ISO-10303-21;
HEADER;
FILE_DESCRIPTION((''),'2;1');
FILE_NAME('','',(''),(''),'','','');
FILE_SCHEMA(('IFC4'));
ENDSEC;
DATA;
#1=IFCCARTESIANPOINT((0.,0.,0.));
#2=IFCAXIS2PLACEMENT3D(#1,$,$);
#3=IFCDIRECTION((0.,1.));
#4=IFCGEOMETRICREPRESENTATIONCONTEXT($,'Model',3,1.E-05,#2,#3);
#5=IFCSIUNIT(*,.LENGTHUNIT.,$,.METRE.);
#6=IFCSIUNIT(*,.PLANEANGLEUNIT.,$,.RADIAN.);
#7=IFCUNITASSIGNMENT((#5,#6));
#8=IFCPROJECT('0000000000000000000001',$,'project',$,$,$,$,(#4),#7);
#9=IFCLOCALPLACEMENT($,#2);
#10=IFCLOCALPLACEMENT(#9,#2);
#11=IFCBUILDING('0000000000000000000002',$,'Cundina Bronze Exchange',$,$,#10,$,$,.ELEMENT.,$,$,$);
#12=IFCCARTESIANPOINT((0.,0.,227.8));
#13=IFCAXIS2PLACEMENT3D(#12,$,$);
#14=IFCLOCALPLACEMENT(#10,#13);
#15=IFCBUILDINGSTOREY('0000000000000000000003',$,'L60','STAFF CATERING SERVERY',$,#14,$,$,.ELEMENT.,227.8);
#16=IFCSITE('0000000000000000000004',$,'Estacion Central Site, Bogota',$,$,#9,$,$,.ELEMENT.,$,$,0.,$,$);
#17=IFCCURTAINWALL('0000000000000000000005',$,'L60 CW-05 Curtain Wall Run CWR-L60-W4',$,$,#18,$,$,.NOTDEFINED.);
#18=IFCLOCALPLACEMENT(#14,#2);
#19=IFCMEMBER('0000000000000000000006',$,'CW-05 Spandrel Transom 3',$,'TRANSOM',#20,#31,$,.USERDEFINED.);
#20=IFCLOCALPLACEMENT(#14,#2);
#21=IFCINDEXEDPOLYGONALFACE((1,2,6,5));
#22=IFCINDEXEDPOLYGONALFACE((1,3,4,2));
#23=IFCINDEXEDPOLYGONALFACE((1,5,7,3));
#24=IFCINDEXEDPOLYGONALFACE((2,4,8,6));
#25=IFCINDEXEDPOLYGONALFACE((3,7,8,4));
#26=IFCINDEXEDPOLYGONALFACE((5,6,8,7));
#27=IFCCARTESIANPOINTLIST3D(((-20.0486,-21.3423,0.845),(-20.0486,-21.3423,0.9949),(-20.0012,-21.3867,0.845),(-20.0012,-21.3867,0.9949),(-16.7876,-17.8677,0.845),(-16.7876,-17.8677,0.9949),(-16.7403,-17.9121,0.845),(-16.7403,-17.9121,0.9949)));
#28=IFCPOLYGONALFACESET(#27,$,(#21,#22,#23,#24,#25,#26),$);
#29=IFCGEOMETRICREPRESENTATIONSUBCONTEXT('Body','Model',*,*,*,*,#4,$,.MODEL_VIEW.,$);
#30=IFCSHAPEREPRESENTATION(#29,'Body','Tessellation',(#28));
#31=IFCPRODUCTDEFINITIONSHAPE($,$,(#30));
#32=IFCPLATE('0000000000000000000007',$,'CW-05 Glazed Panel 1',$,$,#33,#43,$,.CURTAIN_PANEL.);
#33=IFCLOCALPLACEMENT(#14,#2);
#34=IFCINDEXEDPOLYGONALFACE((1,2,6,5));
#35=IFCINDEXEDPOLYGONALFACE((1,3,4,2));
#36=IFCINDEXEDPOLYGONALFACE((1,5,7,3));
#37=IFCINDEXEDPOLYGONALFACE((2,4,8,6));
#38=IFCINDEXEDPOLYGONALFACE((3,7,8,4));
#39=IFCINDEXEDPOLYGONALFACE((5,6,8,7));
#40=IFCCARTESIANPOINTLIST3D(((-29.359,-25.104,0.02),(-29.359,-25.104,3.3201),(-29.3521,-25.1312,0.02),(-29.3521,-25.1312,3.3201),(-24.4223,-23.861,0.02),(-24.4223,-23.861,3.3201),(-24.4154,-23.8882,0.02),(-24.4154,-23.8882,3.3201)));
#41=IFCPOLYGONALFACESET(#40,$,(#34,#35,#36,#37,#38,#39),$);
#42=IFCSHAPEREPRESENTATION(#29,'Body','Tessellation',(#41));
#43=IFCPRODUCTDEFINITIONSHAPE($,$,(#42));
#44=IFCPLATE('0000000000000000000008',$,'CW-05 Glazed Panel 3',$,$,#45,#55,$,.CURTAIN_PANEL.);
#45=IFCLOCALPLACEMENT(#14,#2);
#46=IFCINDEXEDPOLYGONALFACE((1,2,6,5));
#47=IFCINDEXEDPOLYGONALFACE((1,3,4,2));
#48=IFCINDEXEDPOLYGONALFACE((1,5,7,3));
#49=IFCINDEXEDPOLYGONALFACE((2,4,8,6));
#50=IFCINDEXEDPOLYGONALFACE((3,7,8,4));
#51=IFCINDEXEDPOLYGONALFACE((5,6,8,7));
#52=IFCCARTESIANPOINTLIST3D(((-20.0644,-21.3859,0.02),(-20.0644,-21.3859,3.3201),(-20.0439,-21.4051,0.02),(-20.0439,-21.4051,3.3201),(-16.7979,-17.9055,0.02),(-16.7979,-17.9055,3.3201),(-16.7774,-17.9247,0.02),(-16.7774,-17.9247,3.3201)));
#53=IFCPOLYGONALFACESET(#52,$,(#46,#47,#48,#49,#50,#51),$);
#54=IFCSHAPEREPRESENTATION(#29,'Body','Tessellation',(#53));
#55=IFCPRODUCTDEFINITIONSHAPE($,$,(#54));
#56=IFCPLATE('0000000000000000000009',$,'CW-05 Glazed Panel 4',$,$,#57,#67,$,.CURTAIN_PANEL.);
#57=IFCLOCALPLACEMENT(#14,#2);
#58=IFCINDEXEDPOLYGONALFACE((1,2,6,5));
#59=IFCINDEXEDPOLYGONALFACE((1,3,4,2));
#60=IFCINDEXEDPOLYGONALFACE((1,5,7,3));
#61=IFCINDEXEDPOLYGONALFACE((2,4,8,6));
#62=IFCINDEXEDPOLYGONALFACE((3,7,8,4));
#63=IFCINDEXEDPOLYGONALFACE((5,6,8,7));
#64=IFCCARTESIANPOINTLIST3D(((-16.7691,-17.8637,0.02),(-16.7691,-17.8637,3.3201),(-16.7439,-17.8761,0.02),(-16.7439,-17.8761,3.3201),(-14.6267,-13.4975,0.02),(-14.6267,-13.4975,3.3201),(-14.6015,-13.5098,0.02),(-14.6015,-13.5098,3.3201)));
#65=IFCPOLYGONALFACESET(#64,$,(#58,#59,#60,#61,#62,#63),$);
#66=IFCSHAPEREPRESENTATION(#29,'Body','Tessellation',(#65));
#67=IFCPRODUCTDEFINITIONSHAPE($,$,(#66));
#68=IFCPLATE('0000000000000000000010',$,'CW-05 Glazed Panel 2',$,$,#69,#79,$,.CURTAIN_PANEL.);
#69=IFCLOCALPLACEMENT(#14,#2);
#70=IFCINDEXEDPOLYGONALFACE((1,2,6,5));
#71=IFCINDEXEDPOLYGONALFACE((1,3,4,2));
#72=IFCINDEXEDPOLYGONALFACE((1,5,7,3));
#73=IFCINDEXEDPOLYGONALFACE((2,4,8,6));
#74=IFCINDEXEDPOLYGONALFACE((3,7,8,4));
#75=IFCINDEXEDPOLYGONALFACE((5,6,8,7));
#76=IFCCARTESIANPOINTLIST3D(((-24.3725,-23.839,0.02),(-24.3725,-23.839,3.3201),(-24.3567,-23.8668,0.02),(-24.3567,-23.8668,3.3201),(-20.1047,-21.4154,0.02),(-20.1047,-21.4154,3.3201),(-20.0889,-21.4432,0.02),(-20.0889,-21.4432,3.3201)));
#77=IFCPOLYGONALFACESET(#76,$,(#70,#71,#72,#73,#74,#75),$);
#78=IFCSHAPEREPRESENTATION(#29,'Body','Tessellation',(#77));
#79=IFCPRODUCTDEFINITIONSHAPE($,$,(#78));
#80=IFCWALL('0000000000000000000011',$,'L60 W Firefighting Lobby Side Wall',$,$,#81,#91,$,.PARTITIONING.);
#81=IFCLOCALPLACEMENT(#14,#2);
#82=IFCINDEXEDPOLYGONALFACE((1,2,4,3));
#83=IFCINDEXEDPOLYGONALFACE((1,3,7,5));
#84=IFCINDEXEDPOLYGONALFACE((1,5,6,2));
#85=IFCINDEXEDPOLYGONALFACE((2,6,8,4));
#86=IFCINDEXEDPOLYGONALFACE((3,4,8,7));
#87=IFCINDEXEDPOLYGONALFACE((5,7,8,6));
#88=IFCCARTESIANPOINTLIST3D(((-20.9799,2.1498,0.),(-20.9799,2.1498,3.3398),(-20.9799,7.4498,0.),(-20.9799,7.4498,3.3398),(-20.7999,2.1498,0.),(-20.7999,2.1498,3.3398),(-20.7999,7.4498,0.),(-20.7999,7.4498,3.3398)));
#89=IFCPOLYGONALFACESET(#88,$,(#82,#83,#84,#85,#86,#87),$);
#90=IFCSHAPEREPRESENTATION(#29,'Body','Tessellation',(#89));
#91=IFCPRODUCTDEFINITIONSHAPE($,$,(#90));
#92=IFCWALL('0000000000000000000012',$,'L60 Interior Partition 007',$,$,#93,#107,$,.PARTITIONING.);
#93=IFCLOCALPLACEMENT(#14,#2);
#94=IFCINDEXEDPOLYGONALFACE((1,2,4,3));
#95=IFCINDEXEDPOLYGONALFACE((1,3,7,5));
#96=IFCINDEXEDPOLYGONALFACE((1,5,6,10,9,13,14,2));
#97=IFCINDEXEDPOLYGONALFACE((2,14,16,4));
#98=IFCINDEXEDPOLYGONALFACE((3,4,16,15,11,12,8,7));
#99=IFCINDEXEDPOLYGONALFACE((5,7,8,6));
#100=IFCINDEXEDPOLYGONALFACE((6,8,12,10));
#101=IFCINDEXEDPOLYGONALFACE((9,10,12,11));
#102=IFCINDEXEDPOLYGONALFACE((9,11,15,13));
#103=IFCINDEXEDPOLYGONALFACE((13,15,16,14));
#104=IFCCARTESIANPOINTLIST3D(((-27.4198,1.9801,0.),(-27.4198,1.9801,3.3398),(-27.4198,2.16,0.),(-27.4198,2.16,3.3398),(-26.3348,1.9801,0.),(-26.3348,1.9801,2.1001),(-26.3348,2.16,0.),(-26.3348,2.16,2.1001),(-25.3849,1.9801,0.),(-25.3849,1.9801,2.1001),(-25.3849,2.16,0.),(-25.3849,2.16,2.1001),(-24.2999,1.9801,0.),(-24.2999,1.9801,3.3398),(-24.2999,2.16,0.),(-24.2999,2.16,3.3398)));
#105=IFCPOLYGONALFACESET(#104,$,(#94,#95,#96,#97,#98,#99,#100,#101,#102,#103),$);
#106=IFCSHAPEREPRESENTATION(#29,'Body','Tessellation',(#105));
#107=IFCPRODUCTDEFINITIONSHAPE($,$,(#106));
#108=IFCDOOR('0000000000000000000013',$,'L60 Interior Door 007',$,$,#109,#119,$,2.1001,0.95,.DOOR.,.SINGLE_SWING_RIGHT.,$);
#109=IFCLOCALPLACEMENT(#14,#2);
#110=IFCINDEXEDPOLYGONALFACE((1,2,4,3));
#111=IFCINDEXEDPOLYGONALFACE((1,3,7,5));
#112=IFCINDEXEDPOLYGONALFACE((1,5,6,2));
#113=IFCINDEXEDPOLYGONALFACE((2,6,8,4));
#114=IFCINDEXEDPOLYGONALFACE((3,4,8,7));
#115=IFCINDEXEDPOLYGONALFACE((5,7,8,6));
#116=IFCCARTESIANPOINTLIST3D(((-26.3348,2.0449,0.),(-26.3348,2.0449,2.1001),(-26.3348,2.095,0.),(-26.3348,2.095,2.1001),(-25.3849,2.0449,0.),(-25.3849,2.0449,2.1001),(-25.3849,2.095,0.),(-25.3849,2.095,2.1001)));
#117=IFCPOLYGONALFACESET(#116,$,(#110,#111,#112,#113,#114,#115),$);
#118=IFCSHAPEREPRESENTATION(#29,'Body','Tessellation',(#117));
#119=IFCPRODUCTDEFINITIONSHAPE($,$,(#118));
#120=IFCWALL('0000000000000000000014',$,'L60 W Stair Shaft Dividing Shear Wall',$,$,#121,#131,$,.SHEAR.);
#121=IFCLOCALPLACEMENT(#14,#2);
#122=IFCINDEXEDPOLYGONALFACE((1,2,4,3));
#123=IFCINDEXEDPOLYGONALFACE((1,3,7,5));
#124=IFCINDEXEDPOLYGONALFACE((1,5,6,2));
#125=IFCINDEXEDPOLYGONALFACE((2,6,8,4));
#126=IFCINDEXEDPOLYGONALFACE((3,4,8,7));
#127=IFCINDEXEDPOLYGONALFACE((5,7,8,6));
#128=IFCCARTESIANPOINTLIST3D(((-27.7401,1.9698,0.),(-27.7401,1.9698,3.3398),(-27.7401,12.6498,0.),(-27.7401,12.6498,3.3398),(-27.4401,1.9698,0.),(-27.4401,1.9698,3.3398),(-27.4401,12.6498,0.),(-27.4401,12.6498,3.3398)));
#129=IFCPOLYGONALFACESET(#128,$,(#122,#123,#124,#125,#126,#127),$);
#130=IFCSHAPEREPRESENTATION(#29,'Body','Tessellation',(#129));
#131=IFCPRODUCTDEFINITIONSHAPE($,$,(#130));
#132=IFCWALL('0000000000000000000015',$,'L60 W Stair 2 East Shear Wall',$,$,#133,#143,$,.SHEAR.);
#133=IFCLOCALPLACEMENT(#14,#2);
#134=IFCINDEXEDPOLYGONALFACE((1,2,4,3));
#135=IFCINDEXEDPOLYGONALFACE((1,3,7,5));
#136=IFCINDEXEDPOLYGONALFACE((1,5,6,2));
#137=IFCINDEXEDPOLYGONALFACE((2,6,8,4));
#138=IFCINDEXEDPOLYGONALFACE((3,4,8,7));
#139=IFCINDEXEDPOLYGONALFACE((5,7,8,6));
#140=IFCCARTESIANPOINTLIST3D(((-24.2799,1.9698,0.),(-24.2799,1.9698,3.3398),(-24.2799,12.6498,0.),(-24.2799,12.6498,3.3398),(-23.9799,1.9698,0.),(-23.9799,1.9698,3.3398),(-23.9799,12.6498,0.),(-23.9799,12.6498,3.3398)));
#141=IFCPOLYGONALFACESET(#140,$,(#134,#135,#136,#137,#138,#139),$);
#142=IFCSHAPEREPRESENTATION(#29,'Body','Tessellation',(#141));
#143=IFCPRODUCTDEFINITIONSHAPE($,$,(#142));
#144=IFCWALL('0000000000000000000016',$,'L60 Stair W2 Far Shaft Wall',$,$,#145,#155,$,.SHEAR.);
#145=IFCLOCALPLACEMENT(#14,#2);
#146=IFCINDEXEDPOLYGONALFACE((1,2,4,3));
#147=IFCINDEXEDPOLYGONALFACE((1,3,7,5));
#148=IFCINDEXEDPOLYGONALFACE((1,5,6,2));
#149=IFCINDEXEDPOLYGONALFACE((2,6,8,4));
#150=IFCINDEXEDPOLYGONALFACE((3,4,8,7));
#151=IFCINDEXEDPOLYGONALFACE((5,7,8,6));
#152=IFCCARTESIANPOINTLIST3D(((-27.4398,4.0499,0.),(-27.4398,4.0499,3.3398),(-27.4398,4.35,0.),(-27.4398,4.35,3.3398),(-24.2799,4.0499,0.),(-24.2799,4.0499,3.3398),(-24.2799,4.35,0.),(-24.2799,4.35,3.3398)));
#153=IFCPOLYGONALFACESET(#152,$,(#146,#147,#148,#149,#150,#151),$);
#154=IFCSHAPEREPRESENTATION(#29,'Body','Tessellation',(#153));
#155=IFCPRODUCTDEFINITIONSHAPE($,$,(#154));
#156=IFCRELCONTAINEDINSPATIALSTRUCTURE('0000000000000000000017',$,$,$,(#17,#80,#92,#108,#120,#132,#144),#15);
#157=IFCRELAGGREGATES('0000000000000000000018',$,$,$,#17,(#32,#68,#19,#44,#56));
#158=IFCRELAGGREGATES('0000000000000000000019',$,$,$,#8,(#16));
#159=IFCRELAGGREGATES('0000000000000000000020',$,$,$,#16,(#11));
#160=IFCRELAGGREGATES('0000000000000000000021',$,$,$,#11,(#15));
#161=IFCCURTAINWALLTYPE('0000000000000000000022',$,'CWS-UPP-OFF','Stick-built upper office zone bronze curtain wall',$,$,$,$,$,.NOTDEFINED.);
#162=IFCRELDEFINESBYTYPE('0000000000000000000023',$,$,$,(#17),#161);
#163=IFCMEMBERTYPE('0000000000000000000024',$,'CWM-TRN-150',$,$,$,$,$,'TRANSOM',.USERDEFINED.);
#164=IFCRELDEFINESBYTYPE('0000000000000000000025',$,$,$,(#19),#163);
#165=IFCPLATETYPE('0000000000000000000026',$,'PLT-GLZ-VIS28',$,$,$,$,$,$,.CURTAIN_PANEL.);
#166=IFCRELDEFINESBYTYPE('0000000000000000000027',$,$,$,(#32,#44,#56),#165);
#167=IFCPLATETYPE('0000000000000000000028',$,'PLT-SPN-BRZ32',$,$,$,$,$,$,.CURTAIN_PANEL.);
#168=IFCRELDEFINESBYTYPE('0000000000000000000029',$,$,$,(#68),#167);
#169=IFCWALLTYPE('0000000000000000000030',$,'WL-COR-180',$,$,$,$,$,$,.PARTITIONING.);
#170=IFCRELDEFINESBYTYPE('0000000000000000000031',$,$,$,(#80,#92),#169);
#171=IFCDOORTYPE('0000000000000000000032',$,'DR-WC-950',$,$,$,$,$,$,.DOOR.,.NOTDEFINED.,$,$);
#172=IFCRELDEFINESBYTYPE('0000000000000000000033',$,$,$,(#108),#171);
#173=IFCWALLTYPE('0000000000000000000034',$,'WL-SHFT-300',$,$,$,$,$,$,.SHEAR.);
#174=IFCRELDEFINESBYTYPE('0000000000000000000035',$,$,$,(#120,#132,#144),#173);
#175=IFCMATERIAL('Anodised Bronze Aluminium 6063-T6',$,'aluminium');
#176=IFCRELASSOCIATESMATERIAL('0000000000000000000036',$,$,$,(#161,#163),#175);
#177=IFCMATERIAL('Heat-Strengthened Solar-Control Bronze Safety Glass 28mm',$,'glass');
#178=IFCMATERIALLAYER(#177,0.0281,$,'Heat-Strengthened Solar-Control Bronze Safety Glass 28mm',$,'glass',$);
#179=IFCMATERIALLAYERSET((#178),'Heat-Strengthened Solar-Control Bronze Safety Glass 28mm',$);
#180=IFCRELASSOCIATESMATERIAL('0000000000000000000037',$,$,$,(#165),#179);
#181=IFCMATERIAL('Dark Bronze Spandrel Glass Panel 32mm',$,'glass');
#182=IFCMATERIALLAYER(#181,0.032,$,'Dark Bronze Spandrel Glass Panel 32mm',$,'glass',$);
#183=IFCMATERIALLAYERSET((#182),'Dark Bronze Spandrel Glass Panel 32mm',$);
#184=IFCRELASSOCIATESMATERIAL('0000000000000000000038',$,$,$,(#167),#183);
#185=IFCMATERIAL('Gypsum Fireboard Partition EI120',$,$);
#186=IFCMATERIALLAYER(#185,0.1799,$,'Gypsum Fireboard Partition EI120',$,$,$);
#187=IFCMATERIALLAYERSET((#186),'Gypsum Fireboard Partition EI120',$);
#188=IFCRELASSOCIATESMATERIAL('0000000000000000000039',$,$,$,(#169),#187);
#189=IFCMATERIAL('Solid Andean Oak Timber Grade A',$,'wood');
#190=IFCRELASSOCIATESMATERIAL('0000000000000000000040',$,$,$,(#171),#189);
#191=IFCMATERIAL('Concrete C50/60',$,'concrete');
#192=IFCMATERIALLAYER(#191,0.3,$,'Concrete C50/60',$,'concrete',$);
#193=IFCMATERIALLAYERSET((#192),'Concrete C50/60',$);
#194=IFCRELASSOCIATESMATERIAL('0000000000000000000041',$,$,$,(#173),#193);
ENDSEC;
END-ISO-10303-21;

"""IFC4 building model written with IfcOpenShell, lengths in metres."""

from ifc_helpers import new_model, si_unit, direction, frame, frame_2d, origin, origin_2d, place, context, subcontext, project, spatial, rectangle, extrude, material, layer, layer_set, material_profile, profile_set, type_object, element, fill, aggregate, save


model = new_model("IFC4")

# Units and contexts
model_context = context("Model", 3, precision=1e-05, world=origin(), true_north=direction((0.0, 1.0)))
body_context = subcontext(model_context, "Body", "Model", "MODEL_VIEW")
ifc_project = project(units=[si_unit("LENGTHUNIT", "METRE"), si_unit("PLANEANGLEUNIT", "RADIAN")], contexts=[model_context])

# Site, building, storey
site_placement = place(None, origin())
site = spatial("IfcSite", under=ifc_project, at=site_placement, Name="Estacion Central Site, Bogota", CompositionType="ELEMENT", RefElevation=0.0)
building_placement = place(site_placement, origin())
building = spatial("IfcBuilding", under=site, at=building_placement, Name="Cundina Bronze Exchange", CompositionType="ELEMENT")
storey_placement = place(building_placement, frame((0.0, 0.0, 227.8)))
storey = spatial("IfcBuildingStorey", under=building, at=storey_placement, Name="L60", Description="STAFF CATERING SERVERY", CompositionType="ELEMENT", Elevation=227.8)

# Shared definitions
ifc_material_1 = material(Name="Concrete C50/60", Category="concrete")

# Curtain wall, member, plates
ifc_material_2 = material(Name="Anodised Bronze Aluminium 6063-T6", Category="aluminium")
curtain_wall_type = type_object("IfcCurtainWallType", Name="CWS-UPP-OFF", Description="Stick-built upper office zone bronze curtain wall", PredefinedType="NOTDEFINED", material=ifc_material_2)
curtain_wall_placement = place(storey_placement, origin())
curtain_wall = element("IfcCurtainWall", 1, at=curtain_wall_placement, inside=storey, type_object=curtain_wall_type, Name="L60 CW-05 Curtain Wall Run CWR-L60-W4", PredefinedType="NOTDEFINED")
ifc_material_profile_1 = material_profile(ifc_material_2, rectangle(XDim=0.0649, YDim=0.1499, at=origin_2d()), Name="AL65X150", Category="aluminium")
ifc_profile_set_1 = profile_set([ifc_material_profile_1], Name="Anodised Bronze Aluminium 6063-T6")
member_type_1 = type_object("IfcMemberType", Name="CWM-TRN-150", ElementType="TRANSOM", PredefinedType="USERDEFINED", material=ifc_profile_set_1)
member_1_placement = place(storey_placement, frame((-20.0249, -21.3645, 0.9199), z_axis=(0.684336, 0.729166, 0.0), x_axis=(-0.729166, 0.684336, 0.0)))
member_1 = element("IfcMember", 2, at=member_1_placement, type_object=member_type_1, Name="CW-05 Spandrel Transom 3", ObjectType="TRANSOM", PredefinedType="USERDEFINED", context=body_context, shape_type="SweptSolid", body=[
    extrude(rectangle(XDim=0.0649, YDim=0.1499, at=origin_2d()), origin(), (0.0, 0.0, 1.0), 4.7651),
])
ifc_material_3 = material(Name="Heat-Strengthened Solar-Control Bronze Safety Glass 28mm", Category="glass")
ifc_layer_1 = layer(ifc_material_3, 0.0281, Name="Heat-Strengthened Solar-Control Bronze Safety Glass 28mm", Category="glass")
ifc_layer_set_1 = layer_set([ifc_layer_1], Name="Heat-Strengthened Solar-Control Bronze Safety Glass 28mm")
plate_type_1 = type_object("IfcPlateType", Name="PLT-GLZ-VIS28", PredefinedType="CURTAIN_PANEL", material=ifc_layer_set_1)
plate_1_placement = place(storey_placement, frame((-26.8872, -24.4961, 0.02), z_axis=(0.0, 0.0, 1.0), x_axis=(0.969732, 0.244174, 0.0)))
plate_1 = element("IfcPlate", 3, at=plate_1_placement, type_object=plate_type_1, Name="CW-05 Glazed Panel 1", PredefinedType="CURTAIN_PANEL", context=body_context, shape_type="SweptSolid", body=[
    extrude(rectangle(XDim=5.0908, YDim=0.0281, at=origin_2d()), origin(), (0.0, 0.0, 1.0), 3.3),
])
plate_2_placement = place(storey_placement, frame((-18.4209, -19.6553, 0.02), z_axis=(0.0, 0.0, 1.0), x_axis=(0.684344, 0.72916, 0.0)))
plate_2 = element("IfcPlate", 4, at=plate_2_placement, type_object=plate_type_1, Name="CW-05 Glazed Panel 3", PredefinedType="CURTAIN_PANEL", context=body_context, shape_type="SweptSolid", body=[
    extrude(rectangle(XDim=4.7732, YDim=0.0281, at=origin_2d()), origin(), (0.0, 0.0, 1.0), 3.3),
])
plate_3_placement = place(storey_placement, frame((-15.6853, -15.6868, 0.02), z_axis=(0.0, 0.0, 1.0), x_axis=(0.440503, 0.897751, 0.0)))
plate_3 = element("IfcPlate", 5, at=plate_3_placement, type_object=plate_type_1, Name="CW-05 Glazed Panel 4", PredefinedType="CURTAIN_PANEL", context=body_context, shape_type="SweptSolid", body=[
    extrude(rectangle(XDim=4.8635, YDim=0.0281, at=origin_2d()), origin(), (0.0, 0.0, 1.0), 3.3),
])
ifc_material_4 = material(Name="Dark Bronze Spandrel Glass Panel 32mm", Category="glass")
ifc_layer_2 = layer(ifc_material_4, 0.032, Name="Dark Bronze Spandrel Glass Panel 32mm", Category="glass")
ifc_layer_set_2 = layer_set([ifc_layer_2], Name="Dark Bronze Spandrel Glass Panel 32mm")
plate_type_2 = type_object("IfcPlateType", Name="PLT-SPN-BRZ32", PredefinedType="CURTAIN_PANEL", material=ifc_layer_set_2)
plate_4_placement = place(storey_placement, frame((-22.2307, -22.6411, 0.02), z_axis=(0.0, 0.0, 1.0), x_axis=(0.869573, 0.493805, 0.0)))
plate_4 = element("IfcPlate", 6, at=plate_4_placement, type_object=plate_type_2, Name="CW-05 Glazed Panel 2", PredefinedType="CURTAIN_PANEL", context=body_context, shape_type="SweptSolid", body=[
    extrude(rectangle(XDim=4.908, YDim=0.032, at=origin_2d()), origin(), (0.0, 0.0, 1.0), 3.3),
])
aggregate(curtain_wall, [plate_1, plate_4, member_1, plate_2, plate_3])

# Wall
ifc_material_5 = material(Name="Gypsum Fireboard Partition EI120")
ifc_layer_3 = layer(ifc_material_5, 0.1799, Name="Gypsum Fireboard Partition EI120")
ifc_layer_set_3 = layer_set([ifc_layer_3], Name="Gypsum Fireboard Partition EI120")
wall_type_1 = type_object("IfcWallType", Name="WL-COR-180", PredefinedType="PARTITIONING", material=ifc_layer_set_3)
wall_1_placement = place(storey_placement, frame((-20.8899, 2.1499, 0.0), z_axis=(0.0, 0.0, 1.0), x_axis=(0.0, 1.0, 0.0)))
element("IfcWall", 7, at=wall_1_placement, inside=storey, type_object=wall_type_1, Name="L60 W Firefighting Lobby Side Wall", PredefinedType="PARTITIONING", context=body_context, shape_type="SweptSolid", body=[
    extrude(rectangle(XDim=5.3, YDim=0.1799, at=frame_2d((2.6499, 0.0))), origin(), (0.0, 0.0, 1.0), 3.3398),
])

# Wall, opening, door
wall_2_placement = place(storey_placement, frame((-27.4199, 2.0701, 0.0), z_axis=(0.0, 0.0, 1.0), x_axis=(1.0, 0.0, 0.0)))
wall_2 = element("IfcWall", 8, at=wall_2_placement, inside=storey, type_object=wall_type_1, Name="L60 Interior Partition 007", PredefinedType="PARTITIONING", context=body_context, shape_type="SweptSolid", body=[
    extrude(rectangle(XDim=3.1199, YDim=0.1799, at=frame_2d((1.5601, 0.0))), origin(), (0.0, 0.0, 1.0), 3.3398),
])
opening_1_placement = place(wall_2_placement, frame((1.085, 0.0, 0.0)))
opening_1 = element("IfcOpeningElement", 9, at=opening_1_placement, cuts=wall_2, PredefinedType="OPENING", context=body_context, shape_type="SweptSolid", body=[
    extrude(rectangle(XDim=0.95, YDim=2.1001, at=frame_2d((0.4751, 1.05))), frame((0.0, 0.0999, 0.0), z_axis=(0.0, -1.0, 0.0), x_axis=(1.0, 0.0, 0.0)), (0.0, 0.0, 1.0), 0.2),
])
ifc_material_6 = material(Name="Solid Andean Oak Timber Grade A", Category="wood")
door_type_1 = type_object("IfcDoorType", Name="DR-WC-950", OperationType="NOTDEFINED", PredefinedType="DOOR", material=ifc_material_6)
door_1_placement = place(opening_1_placement, origin())
door_1 = element("IfcDoor", 10, at=door_1_placement, inside=storey, type_object=door_type_1, Name="L60 Interior Door 007", OperationType="SINGLE_SWING_RIGHT", OverallHeight=2.1001, OverallWidth=0.95, PredefinedType="DOOR", context=body_context, shape_type="SweptSolid", body=[
    extrude(rectangle(XDim=0.95, YDim=2.1001, at=frame_2d((0.4751, 1.05))), frame((0.0, 0.0249, 0.0), z_axis=(0.0, -1.0, 0.0), x_axis=(1.0, 0.0, 0.0)), (0.0, 0.0, 1.0), 0.05),
])
fill(opening_1, door_1)

# Walls
ifc_layer_4 = layer(ifc_material_1, 0.3, Name="Concrete C50/60", Category="concrete")
ifc_layer_set_4 = layer_set([ifc_layer_4], Name="Concrete C50/60")
wall_type_2 = type_object("IfcWallType", Name="WL-SHFT-300", PredefinedType="SHEAR", material=ifc_layer_set_4)
for number, where, z_axis, x_axis, name in (
    (11, (-27.5901, 1.97, 0.0), (0.0, 0.0, 1.0), (0.0, 1.0, 0.0), "L60 W Stair Shaft Dividing Shear Wall"),
    (12, (-24.1299, 1.97, 0.0), (0.0, 0.0, 1.0), (0.0, 1.0, 0.0), "L60 W Stair 2 East Shear Wall"),
):
    element("IfcWall", number, at=place(storey_placement, frame(where, z_axis=z_axis, x_axis=x_axis)), inside=storey, type_object=wall_type_2, Name=name, PredefinedType="SHEAR", context=body_context, shape_type="SweptSolid", body=[
        extrude(rectangle(XDim=10.6799, YDim=0.3, at=frame_2d((5.3398, 0.0))), origin(), (0.0, 0.0, 1.0), 3.3398),
    ])
wall_3_placement = place(storey_placement, frame((-27.4399, 4.2, 0.0), z_axis=(0.0, 0.0, 1.0), x_axis=(1.0, 0.0, 0.0)))
element("IfcWall", 13, at=wall_3_placement, inside=storey, type_object=wall_type_2, Name="L60 Stair W2 Far Shaft Wall", PredefinedType="SHEAR", context=body_context, shape_type="SweptSolid", body=[
    extrude(rectangle(XDim=3.1599, YDim=0.3, at=frame_2d((1.5801, 0.0))), origin(), (0.0, 0.0, 1.0), 3.3398),
])

save(model, "model.ifc")
